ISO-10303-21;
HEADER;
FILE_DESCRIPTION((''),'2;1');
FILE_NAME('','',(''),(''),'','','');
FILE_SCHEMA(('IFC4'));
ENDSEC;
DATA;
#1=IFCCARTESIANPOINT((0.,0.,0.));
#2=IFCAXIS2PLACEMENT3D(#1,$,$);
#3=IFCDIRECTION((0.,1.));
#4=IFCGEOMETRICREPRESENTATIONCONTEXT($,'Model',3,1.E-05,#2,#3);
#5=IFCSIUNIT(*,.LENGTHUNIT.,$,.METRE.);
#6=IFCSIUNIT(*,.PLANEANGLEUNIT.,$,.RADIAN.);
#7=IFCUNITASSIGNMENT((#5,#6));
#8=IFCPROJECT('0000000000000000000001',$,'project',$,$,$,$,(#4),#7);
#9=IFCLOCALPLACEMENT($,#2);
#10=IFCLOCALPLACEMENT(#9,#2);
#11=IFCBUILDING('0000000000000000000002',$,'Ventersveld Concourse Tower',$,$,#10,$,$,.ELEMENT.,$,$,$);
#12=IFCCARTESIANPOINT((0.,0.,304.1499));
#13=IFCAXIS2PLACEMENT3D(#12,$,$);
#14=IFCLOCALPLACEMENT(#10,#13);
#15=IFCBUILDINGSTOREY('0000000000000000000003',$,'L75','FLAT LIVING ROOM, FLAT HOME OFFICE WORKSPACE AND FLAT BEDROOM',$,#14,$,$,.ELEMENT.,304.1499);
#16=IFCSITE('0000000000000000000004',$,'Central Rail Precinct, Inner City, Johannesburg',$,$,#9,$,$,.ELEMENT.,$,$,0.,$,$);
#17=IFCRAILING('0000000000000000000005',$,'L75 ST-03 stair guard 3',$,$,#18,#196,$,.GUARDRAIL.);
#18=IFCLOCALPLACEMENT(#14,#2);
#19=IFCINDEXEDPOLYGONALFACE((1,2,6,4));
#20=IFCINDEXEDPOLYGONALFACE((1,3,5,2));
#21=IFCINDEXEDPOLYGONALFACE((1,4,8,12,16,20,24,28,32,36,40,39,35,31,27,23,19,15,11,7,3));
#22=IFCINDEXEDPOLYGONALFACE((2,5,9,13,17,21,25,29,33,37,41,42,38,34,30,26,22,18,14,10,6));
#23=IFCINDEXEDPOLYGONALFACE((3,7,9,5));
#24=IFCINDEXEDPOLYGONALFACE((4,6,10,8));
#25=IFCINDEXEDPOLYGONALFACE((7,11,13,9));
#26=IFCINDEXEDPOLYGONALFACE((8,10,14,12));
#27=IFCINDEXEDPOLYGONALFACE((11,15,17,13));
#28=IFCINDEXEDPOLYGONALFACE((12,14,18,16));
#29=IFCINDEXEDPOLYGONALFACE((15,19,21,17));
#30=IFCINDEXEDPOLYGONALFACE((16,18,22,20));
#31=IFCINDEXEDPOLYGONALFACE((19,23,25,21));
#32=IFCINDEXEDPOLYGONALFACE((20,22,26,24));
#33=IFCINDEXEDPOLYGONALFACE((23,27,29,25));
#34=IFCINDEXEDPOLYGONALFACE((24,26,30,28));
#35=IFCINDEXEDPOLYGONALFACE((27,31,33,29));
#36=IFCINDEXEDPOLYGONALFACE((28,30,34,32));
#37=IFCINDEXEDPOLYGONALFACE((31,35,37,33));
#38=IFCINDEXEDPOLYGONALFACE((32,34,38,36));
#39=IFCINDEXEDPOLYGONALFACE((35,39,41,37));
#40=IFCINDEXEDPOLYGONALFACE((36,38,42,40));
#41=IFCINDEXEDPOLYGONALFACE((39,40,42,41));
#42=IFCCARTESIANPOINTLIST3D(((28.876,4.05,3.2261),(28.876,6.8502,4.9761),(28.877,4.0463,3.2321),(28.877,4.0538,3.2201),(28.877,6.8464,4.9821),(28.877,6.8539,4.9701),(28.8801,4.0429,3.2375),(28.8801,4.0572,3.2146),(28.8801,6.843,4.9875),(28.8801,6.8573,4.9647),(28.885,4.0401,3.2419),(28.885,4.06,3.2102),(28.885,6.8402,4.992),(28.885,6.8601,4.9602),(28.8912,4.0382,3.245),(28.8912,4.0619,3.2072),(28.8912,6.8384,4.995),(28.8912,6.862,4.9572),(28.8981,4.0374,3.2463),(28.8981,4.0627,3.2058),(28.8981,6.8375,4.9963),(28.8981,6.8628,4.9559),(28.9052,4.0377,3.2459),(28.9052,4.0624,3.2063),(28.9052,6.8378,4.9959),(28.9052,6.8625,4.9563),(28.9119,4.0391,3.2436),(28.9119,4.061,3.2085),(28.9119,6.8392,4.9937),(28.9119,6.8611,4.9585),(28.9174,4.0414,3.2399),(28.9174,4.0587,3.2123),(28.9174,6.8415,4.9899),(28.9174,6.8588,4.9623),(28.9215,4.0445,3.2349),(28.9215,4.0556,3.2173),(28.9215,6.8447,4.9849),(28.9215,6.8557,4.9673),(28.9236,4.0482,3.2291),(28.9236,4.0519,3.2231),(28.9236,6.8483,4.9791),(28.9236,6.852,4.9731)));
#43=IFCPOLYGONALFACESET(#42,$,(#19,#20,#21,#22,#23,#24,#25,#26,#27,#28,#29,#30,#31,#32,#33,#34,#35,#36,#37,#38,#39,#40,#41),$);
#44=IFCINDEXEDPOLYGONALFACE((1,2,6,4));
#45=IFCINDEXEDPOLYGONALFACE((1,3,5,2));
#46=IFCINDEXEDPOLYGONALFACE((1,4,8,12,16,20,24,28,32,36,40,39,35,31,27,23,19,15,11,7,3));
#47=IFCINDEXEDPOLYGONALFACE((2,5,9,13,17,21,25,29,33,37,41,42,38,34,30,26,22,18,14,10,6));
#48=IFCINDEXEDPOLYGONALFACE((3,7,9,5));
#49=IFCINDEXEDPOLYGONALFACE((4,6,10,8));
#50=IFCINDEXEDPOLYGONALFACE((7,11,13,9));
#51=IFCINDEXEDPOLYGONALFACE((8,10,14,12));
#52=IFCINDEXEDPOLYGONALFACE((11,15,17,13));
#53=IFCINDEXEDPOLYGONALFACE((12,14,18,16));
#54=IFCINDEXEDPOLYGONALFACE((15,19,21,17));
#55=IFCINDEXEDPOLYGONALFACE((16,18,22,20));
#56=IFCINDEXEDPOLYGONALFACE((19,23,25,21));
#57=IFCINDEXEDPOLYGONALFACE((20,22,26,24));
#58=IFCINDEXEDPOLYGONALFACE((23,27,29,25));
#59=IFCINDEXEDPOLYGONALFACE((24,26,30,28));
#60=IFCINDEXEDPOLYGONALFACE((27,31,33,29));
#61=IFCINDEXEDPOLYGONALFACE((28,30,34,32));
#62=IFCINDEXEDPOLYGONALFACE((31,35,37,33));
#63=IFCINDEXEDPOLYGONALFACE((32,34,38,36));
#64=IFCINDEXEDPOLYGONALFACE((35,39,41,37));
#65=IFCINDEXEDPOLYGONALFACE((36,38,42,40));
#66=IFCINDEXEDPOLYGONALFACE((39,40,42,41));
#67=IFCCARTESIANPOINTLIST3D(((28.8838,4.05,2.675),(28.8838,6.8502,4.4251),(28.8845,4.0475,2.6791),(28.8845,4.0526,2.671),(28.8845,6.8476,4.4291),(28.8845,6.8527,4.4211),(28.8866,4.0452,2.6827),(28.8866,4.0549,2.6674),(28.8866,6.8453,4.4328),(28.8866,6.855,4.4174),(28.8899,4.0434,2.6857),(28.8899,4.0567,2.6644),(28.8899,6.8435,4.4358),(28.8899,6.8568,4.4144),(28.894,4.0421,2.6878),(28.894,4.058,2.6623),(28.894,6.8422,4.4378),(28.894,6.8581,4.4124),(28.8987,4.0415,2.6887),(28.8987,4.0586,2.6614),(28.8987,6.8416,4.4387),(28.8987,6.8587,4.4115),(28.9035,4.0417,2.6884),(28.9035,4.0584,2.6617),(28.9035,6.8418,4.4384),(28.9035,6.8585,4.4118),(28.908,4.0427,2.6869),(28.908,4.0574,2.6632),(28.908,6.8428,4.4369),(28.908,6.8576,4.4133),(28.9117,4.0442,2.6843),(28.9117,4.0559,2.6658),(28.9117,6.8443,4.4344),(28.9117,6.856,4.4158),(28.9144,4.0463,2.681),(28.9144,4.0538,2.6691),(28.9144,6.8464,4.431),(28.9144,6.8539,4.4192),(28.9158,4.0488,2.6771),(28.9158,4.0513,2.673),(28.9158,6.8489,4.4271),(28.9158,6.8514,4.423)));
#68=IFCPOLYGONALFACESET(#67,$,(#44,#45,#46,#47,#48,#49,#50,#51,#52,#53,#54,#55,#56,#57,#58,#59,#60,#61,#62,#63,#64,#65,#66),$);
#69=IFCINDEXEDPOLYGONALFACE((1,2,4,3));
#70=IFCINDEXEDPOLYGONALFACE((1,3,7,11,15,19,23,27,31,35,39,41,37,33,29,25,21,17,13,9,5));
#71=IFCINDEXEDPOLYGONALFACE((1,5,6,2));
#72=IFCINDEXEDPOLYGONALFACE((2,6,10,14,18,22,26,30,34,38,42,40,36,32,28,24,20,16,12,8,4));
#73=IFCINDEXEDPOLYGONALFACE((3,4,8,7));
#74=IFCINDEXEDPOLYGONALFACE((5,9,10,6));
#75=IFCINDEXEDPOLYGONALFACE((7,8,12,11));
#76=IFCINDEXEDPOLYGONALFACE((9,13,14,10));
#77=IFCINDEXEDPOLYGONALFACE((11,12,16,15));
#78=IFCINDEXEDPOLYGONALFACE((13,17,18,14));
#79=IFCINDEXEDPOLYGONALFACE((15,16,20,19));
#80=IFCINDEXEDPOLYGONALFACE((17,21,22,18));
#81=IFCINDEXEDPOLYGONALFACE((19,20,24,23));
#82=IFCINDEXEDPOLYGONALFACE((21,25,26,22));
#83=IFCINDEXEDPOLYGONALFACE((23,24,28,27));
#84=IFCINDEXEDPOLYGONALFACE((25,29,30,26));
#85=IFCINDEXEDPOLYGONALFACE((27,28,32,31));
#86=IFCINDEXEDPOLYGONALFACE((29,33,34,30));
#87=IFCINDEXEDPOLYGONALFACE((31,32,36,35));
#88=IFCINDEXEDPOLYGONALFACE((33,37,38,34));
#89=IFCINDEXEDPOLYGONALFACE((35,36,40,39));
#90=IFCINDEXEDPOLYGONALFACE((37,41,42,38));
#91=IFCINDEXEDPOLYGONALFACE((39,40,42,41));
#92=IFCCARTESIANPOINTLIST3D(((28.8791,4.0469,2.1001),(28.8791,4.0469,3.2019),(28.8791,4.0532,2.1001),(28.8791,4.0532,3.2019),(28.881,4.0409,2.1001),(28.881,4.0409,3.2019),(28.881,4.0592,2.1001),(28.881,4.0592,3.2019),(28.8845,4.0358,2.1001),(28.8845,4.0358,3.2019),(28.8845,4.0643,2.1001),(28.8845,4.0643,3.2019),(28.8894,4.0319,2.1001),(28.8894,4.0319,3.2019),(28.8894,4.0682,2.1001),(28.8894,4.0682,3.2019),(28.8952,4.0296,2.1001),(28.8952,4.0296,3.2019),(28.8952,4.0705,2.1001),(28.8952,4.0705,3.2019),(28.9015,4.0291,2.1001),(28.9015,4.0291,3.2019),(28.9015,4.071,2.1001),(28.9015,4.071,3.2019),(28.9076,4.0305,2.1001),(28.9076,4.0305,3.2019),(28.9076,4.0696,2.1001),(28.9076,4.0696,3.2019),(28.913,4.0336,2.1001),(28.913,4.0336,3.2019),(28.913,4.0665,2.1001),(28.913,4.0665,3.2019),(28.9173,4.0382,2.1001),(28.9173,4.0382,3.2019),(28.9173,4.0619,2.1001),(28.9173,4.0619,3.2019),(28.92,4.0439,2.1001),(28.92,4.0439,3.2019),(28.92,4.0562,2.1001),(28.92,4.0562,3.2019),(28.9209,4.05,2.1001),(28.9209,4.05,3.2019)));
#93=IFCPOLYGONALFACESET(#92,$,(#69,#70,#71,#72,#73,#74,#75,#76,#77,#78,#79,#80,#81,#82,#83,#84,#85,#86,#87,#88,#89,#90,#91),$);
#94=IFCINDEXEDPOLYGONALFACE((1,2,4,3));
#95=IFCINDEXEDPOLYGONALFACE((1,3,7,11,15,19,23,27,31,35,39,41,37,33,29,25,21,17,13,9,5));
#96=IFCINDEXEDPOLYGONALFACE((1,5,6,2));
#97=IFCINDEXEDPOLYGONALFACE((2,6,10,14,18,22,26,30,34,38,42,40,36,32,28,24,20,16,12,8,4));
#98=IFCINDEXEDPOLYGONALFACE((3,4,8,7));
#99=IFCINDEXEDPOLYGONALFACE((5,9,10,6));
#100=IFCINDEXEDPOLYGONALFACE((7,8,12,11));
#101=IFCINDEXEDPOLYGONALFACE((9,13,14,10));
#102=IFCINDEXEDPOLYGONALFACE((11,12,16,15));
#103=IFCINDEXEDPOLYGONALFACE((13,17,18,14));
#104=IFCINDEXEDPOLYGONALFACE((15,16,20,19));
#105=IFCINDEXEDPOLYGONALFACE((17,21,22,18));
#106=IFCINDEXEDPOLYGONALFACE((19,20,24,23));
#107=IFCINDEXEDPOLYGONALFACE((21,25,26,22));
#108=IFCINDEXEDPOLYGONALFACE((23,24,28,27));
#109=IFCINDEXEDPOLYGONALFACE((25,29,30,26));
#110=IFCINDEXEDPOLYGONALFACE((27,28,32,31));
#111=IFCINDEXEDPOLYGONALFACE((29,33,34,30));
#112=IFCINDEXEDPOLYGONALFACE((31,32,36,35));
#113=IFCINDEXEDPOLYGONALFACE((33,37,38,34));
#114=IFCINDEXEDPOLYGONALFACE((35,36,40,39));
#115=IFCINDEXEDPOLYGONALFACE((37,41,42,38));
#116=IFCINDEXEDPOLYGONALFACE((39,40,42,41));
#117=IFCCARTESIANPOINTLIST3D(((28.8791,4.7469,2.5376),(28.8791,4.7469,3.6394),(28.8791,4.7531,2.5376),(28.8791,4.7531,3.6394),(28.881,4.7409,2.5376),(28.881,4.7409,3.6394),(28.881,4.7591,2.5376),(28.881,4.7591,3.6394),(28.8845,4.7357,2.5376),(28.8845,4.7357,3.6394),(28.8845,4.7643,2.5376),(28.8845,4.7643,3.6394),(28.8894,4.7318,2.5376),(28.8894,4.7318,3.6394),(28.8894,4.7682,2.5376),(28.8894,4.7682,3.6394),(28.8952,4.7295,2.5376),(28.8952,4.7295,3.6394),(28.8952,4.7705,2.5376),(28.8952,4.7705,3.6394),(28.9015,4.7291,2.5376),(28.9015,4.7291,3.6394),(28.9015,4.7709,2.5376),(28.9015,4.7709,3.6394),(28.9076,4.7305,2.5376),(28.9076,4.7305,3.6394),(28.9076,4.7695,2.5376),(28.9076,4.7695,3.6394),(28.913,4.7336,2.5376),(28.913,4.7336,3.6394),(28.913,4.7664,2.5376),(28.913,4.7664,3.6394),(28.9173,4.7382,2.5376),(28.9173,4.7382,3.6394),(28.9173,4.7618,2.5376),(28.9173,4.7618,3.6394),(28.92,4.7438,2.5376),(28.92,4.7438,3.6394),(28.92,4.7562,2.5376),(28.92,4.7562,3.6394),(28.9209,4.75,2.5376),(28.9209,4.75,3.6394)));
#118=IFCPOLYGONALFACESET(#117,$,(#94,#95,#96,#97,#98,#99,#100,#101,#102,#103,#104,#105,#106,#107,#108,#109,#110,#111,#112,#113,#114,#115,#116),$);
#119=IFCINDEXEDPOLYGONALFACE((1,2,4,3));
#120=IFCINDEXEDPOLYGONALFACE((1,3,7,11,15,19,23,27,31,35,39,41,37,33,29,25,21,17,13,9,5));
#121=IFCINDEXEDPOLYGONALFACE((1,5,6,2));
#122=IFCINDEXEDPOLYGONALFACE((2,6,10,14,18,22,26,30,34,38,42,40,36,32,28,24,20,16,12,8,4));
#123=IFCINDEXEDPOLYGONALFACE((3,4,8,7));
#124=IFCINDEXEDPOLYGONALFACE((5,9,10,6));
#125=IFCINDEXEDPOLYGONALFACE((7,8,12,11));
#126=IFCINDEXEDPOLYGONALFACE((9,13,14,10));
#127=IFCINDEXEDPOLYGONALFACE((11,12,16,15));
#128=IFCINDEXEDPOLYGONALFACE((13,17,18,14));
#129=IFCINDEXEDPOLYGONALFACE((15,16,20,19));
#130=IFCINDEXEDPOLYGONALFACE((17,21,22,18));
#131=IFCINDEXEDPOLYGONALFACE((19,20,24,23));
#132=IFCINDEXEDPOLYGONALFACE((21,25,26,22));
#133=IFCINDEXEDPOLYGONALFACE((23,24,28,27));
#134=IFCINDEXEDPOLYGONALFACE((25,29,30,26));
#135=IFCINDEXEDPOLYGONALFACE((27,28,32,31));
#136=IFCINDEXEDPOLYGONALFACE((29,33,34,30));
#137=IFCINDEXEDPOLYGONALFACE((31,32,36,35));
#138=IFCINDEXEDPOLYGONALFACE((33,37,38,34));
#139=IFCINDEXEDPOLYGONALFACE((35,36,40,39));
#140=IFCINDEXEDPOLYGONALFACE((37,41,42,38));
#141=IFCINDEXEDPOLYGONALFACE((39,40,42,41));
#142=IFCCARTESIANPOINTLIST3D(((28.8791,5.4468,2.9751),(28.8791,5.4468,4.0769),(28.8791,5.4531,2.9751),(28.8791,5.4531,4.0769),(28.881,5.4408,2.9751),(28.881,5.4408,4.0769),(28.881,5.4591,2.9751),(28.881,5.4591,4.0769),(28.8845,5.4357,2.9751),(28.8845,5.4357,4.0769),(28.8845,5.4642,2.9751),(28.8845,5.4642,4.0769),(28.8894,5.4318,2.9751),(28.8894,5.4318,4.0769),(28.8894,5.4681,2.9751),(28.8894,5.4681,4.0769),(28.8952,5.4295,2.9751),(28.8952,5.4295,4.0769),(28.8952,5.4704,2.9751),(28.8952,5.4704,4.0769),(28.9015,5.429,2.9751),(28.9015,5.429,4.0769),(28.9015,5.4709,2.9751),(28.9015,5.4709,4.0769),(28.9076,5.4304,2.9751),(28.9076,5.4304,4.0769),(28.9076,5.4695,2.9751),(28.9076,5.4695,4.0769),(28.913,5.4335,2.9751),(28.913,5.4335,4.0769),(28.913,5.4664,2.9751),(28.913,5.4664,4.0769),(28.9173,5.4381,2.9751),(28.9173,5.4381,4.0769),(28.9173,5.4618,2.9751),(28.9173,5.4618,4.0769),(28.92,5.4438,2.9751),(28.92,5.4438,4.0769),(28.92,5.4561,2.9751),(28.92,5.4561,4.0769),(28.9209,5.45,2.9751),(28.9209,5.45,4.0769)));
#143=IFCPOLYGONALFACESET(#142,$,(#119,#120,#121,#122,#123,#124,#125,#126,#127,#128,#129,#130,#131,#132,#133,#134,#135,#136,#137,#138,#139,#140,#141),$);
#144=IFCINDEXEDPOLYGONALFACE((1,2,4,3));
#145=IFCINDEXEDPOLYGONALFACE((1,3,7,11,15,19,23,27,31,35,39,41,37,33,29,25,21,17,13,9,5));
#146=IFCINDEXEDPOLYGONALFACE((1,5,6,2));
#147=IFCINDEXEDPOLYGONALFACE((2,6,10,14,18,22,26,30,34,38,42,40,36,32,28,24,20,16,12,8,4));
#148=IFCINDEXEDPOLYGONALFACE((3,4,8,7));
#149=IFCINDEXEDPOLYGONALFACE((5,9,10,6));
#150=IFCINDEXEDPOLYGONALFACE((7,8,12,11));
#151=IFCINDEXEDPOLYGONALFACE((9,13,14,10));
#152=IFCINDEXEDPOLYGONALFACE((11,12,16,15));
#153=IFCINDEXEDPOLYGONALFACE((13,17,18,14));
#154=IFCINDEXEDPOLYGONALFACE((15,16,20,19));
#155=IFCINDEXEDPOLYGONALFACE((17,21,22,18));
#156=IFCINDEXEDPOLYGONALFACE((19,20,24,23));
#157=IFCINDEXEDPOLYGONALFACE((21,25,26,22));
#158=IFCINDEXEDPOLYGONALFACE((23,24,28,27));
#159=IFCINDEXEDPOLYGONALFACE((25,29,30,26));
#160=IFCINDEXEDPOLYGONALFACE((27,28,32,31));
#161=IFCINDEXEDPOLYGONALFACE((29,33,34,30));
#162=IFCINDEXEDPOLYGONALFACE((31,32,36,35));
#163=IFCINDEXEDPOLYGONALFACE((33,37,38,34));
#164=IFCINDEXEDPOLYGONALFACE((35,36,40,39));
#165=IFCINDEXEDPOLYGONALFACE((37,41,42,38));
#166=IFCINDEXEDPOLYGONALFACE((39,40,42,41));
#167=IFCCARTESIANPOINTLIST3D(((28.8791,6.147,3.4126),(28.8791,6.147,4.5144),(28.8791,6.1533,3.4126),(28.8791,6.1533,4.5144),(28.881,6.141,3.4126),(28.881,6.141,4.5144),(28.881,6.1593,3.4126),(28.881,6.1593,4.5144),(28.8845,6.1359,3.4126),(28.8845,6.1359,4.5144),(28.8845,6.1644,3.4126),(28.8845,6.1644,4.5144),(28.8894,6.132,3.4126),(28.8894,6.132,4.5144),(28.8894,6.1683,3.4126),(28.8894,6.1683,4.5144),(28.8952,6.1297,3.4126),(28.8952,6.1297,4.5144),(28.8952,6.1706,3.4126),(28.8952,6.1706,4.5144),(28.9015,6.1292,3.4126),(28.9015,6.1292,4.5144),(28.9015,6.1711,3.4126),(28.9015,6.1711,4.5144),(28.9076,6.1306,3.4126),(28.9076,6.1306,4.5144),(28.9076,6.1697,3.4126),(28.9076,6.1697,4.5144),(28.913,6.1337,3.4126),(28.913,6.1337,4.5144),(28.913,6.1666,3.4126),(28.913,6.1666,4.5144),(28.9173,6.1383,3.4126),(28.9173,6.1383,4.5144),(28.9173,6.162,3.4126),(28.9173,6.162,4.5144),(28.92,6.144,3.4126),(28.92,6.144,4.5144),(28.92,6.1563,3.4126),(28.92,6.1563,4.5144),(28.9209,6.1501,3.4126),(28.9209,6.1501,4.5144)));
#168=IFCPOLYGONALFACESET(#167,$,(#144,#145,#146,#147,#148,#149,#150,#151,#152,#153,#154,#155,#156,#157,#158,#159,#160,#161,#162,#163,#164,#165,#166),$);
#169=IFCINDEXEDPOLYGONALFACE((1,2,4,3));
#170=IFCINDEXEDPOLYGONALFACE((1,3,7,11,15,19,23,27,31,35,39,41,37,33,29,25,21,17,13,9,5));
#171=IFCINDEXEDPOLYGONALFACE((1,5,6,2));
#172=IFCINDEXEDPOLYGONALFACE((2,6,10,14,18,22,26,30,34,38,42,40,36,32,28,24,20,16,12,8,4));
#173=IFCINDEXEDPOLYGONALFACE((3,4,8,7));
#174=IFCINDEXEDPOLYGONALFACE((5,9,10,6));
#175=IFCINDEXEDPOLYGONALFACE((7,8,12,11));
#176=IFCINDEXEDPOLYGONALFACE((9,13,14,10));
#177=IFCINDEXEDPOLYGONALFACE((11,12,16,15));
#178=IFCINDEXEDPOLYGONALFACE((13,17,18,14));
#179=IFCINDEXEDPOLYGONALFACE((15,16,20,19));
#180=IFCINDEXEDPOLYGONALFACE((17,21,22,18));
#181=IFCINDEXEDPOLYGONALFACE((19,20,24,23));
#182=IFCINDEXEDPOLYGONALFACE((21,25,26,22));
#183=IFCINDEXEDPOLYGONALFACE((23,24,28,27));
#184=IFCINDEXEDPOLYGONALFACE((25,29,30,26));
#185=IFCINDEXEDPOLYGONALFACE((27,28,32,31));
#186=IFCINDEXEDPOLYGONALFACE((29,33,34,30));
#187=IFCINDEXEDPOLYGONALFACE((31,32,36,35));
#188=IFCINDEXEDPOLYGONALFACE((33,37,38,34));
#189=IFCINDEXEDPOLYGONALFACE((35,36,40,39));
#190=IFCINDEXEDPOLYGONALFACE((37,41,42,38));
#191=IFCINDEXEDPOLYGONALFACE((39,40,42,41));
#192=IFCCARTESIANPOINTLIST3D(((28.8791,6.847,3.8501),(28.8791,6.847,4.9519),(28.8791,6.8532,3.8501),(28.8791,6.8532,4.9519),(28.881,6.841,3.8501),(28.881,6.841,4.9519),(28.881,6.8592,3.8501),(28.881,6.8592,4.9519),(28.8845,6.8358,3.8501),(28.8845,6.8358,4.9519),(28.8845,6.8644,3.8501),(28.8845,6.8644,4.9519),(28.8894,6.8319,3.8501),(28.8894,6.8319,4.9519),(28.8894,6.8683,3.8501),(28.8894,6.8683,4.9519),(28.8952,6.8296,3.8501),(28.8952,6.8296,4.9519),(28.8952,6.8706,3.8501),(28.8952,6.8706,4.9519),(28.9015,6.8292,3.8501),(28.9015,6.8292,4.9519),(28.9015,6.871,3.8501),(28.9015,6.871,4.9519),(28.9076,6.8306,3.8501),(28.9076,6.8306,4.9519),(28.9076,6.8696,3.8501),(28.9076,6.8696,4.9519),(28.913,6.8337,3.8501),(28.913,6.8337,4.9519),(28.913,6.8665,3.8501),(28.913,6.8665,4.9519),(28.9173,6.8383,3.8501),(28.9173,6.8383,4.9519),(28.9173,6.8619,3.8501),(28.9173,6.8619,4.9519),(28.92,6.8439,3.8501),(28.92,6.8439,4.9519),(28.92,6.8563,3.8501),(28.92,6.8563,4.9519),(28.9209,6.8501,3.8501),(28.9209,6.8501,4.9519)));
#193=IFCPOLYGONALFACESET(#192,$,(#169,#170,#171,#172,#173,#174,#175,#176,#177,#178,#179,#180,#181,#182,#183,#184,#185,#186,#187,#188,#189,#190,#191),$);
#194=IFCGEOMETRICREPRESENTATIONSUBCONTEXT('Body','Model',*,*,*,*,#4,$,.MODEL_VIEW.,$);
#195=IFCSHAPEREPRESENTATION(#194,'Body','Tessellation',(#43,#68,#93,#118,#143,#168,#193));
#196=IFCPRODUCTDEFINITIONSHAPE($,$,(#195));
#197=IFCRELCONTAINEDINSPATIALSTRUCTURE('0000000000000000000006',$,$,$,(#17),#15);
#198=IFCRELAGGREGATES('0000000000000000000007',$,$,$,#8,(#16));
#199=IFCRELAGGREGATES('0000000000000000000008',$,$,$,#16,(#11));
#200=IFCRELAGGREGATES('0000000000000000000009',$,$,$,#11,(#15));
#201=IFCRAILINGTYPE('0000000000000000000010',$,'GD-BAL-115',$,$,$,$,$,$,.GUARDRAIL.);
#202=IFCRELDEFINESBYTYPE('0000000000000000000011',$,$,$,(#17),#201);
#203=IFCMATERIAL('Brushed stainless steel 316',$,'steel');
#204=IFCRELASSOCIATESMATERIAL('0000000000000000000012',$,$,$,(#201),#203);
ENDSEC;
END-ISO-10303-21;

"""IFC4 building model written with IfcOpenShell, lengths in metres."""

from ifc_helpers import new_model, si_unit, direction, frame, origin, origin_2d, place, context, subcontext, project, spatial, circle, extrude, material, type_object, element, save


model = new_model("IFC4")

# Units and contexts
model_context = context("Model", 3, precision=1e-05, world=origin(), true_north=direction((0.0, 1.0)))
body_context = subcontext(model_context, "Body", "Model", "MODEL_VIEW")
ifc_project = project(units=[si_unit("LENGTHUNIT", "METRE"), si_unit("PLANEANGLEUNIT", "RADIAN")], contexts=[model_context])

# Site, building, storey
site_placement = place(None, origin())
site = spatial("IfcSite", under=ifc_project, at=site_placement, Name="Central Rail Precinct, Inner City, Johannesburg", CompositionType="ELEMENT", RefElevation=0.0)
building_placement = place(site_placement, origin())
building = spatial("IfcBuilding", under=site, at=building_placement, Name="Ventersveld Concourse Tower", CompositionType="ELEMENT")
storey_placement = place(building_placement, frame((0.0, 0.0, 304.1499)))
storey = spatial("IfcBuildingStorey", under=building, at=storey_placement, Name="L75", Description="FLAT LIVING ROOM, FLAT HOME OFFICE WORKSPACE AND FLAT BEDROOM", CompositionType="ELEMENT", Elevation=304.1499)

# Shared definitions
ifc_material_1 = material(Name="Brushed stainless steel 316", Category="steel")

# Railing
railing_type_1 = type_object("IfcRailingType", Name="GD-BAL-115", PredefinedType="GUARDRAIL", material=ifc_material_1)
railing_1_placement = place(storey_placement, frame((28.8999, 4.05, 2.1001)))
element("IfcRailing", 1, at=railing_1_placement, inside=storey, type_object=railing_type_1, Name="L75 ST-03 stair guard 3", PredefinedType="GUARDRAIL", context=body_context, shape_type="SweptSolid", body=[
    extrude(circle(Radius=0.0239, at=origin_2d()), frame((0.0, 0.0, 1.126), z_axis=(0.0, 0.848002, 0.529992), x_axis=(-1.0, 0.0, 0.0)), (0.0, 0.0, 1.0), 3.302),
    extrude(circle(Radius=0.0161, at=origin_2d()), frame((0.0, 0.0, 0.575), z_axis=(0.0, 0.848002, 0.529992), x_axis=(-1.0, 0.0, 0.0)), (0.0, 0.0, 1.0), 3.302),
    extrude(circle(Radius=0.021, at=origin_2d()), origin(), (0.0, 0.0, 1.0), 1.1018),
    extrude(circle(Radius=0.021, at=origin_2d()), frame((0.0, 0.7, 0.4375)), (0.0, 0.0, 1.0), 1.1018),
    extrude(circle(Radius=0.021, at=origin_2d()), frame((0.0, 1.3999, 0.875)), (0.0, 0.0, 1.0), 1.1018),
    extrude(circle(Radius=0.021, at=origin_2d()), frame((0.0, 2.1001, 1.3125)), (0.0, 0.0, 1.0), 1.1018),
    extrude(circle(Radius=0.021, at=origin_2d()), frame((0.0, 2.8, 1.75)), (0.0, 0.0, 1.0), 1.1018),
])

save(model, "model.ifc")
